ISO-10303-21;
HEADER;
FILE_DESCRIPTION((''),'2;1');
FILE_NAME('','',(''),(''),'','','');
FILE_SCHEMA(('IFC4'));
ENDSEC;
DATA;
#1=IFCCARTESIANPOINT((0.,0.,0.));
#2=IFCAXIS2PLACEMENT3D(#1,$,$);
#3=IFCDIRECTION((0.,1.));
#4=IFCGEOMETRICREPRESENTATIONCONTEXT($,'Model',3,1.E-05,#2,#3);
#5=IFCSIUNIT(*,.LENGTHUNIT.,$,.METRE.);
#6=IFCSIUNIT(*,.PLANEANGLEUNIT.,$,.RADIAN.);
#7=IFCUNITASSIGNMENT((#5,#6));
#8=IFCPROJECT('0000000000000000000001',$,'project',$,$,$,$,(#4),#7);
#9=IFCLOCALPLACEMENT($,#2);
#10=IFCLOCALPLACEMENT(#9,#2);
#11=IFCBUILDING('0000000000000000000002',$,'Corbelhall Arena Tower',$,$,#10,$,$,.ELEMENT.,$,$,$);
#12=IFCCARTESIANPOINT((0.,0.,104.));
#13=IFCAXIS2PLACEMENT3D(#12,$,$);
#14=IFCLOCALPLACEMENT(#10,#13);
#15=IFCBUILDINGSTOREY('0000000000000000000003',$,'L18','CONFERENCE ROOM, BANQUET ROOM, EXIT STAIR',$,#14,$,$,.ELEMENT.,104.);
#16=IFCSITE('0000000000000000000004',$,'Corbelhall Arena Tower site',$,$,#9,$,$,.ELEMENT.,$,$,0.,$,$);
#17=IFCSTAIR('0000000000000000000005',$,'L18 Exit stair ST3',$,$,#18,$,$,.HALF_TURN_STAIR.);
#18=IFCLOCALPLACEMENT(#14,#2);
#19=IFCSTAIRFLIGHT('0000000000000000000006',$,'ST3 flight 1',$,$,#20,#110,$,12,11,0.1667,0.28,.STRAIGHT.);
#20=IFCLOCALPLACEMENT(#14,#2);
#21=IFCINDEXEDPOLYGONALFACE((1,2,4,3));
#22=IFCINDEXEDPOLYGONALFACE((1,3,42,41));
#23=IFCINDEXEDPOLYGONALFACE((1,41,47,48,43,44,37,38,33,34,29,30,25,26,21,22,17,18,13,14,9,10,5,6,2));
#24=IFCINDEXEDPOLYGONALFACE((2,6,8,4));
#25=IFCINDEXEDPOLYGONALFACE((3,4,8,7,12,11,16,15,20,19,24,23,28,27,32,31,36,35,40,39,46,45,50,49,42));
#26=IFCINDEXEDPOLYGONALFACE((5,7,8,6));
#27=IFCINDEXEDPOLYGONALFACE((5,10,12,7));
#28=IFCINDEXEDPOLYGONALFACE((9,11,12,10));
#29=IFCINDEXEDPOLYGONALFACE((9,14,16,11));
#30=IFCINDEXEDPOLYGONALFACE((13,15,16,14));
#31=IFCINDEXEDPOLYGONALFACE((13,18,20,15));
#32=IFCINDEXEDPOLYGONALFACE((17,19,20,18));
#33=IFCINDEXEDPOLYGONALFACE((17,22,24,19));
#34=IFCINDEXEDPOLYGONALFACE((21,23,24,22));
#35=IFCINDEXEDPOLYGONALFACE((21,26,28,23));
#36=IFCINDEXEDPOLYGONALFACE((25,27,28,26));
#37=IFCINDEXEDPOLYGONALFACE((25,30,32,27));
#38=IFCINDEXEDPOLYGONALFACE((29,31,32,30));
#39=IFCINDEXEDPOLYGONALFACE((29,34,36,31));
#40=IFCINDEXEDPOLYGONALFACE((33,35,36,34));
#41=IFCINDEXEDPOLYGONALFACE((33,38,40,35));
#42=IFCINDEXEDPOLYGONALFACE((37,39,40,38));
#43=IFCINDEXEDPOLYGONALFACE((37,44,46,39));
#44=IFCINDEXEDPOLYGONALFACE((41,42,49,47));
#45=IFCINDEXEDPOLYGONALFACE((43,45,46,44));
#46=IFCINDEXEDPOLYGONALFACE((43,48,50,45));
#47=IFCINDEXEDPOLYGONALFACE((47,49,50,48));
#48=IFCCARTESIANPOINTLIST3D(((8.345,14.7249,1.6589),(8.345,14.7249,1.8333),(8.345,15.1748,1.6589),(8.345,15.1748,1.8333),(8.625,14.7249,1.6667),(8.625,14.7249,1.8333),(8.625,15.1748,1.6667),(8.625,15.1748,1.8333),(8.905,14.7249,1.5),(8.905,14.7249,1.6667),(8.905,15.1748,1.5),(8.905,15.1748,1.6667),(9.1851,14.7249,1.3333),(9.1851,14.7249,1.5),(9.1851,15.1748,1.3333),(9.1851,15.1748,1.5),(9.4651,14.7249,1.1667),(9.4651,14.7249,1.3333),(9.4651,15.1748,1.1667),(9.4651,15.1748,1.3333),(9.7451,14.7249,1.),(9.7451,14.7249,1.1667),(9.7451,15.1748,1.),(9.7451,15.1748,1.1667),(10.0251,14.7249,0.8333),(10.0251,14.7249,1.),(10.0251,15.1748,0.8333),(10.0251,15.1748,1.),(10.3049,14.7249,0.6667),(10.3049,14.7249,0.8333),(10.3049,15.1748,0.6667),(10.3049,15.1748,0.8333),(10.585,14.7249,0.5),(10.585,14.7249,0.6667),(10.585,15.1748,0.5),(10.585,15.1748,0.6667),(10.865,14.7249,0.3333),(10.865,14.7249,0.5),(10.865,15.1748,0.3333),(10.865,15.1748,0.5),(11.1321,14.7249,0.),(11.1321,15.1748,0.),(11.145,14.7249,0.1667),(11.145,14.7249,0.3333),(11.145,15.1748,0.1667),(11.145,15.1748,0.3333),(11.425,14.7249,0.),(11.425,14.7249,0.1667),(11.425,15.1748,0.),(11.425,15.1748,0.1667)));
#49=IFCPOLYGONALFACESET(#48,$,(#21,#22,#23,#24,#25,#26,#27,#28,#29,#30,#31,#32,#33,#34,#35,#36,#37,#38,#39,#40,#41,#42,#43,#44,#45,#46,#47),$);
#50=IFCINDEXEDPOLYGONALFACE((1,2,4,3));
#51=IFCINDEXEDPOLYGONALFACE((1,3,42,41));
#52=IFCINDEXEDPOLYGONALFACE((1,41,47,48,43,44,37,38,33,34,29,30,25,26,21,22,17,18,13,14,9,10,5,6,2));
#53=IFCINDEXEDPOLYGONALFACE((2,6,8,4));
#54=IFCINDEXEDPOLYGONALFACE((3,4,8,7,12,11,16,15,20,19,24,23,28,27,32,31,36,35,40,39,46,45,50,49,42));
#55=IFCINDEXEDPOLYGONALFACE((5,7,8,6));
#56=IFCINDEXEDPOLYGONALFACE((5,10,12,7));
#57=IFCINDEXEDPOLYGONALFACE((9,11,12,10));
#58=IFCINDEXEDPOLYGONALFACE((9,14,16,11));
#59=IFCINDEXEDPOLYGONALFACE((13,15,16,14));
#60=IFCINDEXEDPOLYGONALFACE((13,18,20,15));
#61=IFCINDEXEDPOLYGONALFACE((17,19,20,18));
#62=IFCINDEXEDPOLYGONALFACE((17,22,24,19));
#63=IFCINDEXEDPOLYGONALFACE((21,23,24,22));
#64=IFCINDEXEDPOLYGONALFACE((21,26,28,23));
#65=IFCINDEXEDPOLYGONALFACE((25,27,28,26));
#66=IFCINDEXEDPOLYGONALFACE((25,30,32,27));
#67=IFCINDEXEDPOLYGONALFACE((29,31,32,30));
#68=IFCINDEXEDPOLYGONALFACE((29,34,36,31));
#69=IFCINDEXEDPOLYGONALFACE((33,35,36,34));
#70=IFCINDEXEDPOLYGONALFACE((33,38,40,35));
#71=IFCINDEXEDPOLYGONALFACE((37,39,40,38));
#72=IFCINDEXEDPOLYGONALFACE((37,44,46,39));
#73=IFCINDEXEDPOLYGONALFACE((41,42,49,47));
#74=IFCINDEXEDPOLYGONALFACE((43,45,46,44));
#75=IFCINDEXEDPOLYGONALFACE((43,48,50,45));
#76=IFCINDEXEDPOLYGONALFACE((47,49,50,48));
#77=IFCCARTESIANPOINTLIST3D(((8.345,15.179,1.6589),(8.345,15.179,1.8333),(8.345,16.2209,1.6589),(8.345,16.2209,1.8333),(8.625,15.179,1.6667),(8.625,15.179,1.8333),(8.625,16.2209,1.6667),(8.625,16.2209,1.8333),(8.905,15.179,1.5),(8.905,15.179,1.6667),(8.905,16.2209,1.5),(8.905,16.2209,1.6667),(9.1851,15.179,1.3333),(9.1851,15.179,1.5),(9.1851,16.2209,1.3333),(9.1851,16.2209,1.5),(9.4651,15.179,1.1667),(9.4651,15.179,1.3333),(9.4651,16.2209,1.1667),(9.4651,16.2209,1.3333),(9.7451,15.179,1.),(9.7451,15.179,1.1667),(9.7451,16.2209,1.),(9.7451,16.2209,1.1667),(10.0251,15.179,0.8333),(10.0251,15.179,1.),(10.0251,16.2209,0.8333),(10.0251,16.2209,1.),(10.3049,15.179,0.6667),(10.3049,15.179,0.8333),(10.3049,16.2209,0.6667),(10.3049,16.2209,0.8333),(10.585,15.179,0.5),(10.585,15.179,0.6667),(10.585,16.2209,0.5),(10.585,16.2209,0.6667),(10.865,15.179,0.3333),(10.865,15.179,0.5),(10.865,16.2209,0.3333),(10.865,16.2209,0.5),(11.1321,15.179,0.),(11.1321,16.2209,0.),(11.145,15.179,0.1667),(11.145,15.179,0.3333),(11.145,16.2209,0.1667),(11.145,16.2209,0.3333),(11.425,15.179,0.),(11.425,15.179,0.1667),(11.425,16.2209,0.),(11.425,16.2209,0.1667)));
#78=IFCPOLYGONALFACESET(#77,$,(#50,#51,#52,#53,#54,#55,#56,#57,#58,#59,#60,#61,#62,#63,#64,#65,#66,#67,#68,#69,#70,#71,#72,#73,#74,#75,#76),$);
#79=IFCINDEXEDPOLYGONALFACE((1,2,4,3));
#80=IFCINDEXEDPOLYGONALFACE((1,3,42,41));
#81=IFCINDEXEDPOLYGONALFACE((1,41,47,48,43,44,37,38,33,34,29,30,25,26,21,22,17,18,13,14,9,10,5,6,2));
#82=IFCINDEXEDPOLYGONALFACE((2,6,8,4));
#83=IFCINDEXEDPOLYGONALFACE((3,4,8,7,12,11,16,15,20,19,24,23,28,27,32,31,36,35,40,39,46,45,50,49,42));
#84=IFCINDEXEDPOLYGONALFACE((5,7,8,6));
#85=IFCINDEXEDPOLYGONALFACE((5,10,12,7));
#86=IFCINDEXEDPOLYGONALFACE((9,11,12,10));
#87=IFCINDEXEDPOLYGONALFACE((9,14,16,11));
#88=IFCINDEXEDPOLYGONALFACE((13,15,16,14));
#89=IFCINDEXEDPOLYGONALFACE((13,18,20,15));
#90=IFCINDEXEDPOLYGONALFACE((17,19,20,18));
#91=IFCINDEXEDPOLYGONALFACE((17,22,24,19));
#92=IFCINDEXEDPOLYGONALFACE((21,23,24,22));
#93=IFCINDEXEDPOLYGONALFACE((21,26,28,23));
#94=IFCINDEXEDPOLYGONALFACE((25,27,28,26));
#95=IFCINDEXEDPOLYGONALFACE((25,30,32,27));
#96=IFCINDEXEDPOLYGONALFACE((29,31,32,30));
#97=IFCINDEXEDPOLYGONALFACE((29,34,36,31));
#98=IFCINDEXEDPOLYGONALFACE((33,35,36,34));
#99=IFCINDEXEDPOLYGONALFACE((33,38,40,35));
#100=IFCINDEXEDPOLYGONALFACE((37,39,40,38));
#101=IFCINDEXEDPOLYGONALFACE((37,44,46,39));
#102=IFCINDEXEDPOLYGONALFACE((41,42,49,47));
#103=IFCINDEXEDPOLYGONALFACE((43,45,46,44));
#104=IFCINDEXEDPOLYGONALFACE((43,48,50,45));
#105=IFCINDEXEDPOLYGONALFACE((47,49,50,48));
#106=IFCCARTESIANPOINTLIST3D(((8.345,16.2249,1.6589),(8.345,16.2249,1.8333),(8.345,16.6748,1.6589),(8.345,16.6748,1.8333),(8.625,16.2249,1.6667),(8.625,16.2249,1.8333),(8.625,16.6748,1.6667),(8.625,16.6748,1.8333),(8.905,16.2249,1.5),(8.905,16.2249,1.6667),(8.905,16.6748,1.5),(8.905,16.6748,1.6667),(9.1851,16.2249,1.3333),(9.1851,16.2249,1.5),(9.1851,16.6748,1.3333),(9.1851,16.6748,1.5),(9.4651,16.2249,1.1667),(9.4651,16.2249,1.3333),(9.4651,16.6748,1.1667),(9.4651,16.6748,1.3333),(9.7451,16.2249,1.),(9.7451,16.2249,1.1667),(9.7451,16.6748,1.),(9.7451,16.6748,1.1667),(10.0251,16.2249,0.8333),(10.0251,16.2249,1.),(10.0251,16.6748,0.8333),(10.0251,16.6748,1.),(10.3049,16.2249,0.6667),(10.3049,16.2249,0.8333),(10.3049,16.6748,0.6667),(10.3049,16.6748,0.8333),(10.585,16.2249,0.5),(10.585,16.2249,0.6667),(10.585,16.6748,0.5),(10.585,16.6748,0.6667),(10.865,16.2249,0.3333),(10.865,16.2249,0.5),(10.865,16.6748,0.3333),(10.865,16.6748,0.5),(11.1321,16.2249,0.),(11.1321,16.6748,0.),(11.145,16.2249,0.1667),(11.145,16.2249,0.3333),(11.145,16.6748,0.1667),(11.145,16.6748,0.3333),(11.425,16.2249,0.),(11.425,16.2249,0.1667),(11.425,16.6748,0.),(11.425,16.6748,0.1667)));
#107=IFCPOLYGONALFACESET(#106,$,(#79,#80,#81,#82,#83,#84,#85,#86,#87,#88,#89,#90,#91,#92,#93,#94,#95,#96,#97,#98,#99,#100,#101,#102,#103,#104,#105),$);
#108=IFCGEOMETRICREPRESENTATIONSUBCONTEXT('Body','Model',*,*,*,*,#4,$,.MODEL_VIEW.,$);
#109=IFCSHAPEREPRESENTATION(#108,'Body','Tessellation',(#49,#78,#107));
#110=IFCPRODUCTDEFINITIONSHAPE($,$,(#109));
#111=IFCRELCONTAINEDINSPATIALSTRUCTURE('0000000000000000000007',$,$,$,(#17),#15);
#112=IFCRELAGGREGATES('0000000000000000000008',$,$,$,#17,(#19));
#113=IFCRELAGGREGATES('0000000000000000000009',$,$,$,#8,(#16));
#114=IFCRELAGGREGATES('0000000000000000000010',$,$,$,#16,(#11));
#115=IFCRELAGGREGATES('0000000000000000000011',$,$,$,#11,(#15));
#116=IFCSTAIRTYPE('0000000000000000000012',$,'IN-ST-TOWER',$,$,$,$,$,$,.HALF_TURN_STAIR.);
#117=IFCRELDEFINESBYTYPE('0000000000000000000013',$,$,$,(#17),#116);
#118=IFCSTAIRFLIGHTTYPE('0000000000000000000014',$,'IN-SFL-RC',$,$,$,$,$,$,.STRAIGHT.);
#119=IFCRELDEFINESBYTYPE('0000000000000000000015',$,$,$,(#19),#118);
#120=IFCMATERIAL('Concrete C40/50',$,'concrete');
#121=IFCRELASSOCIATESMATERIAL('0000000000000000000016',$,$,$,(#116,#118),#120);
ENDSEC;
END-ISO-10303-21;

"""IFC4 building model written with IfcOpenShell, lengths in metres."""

from ifc_helpers import new_model, si_unit, direction, frame, origin, place, context, subcontext, project, spatial, polyline, outline, extrude, material, type_object, element, aggregate, save


model = new_model("IFC4")

# Units and contexts
model_context = context("Model", 3, precision=1e-05, world=origin(), true_north=direction((0.0, 1.0)))
body_context = subcontext(model_context, "Body", "Model", "MODEL_VIEW")
ifc_project = project(units=[si_unit("LENGTHUNIT", "METRE"), si_unit("PLANEANGLEUNIT", "RADIAN")], contexts=[model_context])

# Site, building, storey
site_placement = place(None, origin())
site = spatial("IfcSite", under=ifc_project, at=site_placement, Name="Corbelhall Arena Tower site", CompositionType="ELEMENT", RefElevation=0.0)
building_placement = place(site_placement, origin())
building = spatial("IfcBuilding", under=site, at=building_placement, Name="Corbelhall Arena Tower", CompositionType="ELEMENT")
storey_placement = place(building_placement, frame((0.0, 0.0, 104.0)))
storey = spatial("IfcBuildingStorey", under=building, at=storey_placement, Name="L18", Description="CONFERENCE ROOM, BANQUET ROOM, EXIT STAIR", CompositionType="ELEMENT", Elevation=104.0)

# Shared definitions
ifc_material_1 = material(Name="Concrete C40/50", Category="concrete")

# Stair, stair flight
stair_type = type_object("IfcStairType", Name="IN-ST-TOWER", PredefinedType="HALF_TURN_STAIR", material=ifc_material_1)
stair_placement = place(storey_placement, origin())
stair = element("IfcStair", 1, at=stair_placement, inside=storey, type_object=stair_type, Name="L18 Exit stair ST3", PredefinedType="HALF_TURN_STAIR")
stair_flight_type = type_object("IfcStairFlightType", Name="IN-SFL-RC", PredefinedType="STRAIGHT", material=ifc_material_1)
stair_flight_1_placement = place(storey_placement, frame((11.425, 15.7, 0.0), z_axis=(0.0, 0.0, 1.0), x_axis=(-1.0, 0.0, 0.0)))
stair_flight_1 = element("IfcStairFlight", 2, at=stair_flight_1_placement, type_object=stair_flight_type, Name="ST3 flight 1", NumberOfRisers=12, NumberOfTreads=11, PredefinedType="STRAIGHT", RiserHeight=0.1667, TreadLength=0.28, context=body_context, shape_type="SweptSolid", body=[
    extrude(outline(polyline([(0.0, 0.0), (0.0, 0.1667), (0.28, 0.1667), (0.28, 0.3333), (0.5601, 0.3333), (0.5601, 0.5), (0.8401, 0.5), (0.8401, 0.6667), (1.1201, 0.6667), (1.1201, 0.8333), (1.3999, 0.8333), (1.3999, 1.0), (1.6799, 1.0), (1.6799, 1.1667), (1.96, 1.1667), (1.96, 1.3333), (2.24, 1.3333), (2.24, 1.5), (2.52, 1.5), (2.52, 1.6667), (2.8, 1.6667), (2.8, 1.8333), (3.0801, 1.8333), (3.0801, 2.0), (3.0801, 1.6589), (0.293, 0.0), (0.0, 0.0)])), frame((0.0, 0.9751, 0.0), z_axis=(0.0, -1.0, 0.0), x_axis=(1.0, 0.0, 0.0)), (0.0, 0.0, 1.0), 0.45),
    extrude(outline(polyline([(0.0, 0.0), (0.0, 0.1667), (0.28, 0.1667), (0.28, 0.3333), (0.5601, 0.3333), (0.5601, 0.5), (0.8401, 0.5), (0.8401, 0.6667), (1.1201, 0.6667), (1.1201, 0.8333), (1.3999, 0.8333), (1.3999, 1.0), (1.6799, 1.0), (1.6799, 1.1667), (1.96, 1.1667), (1.96, 1.3333), (2.24, 1.3333), (2.24, 1.5), (2.52, 1.5), (2.52, 1.6667), (2.8, 1.6667), (2.8, 1.8333), (3.0801, 1.8333), (3.0801, 2.0), (3.0801, 1.6589), (0.293, 0.0), (0.0, 0.0)])), frame((0.0, 0.521, 0.0), z_axis=(0.0, -1.0, 0.0), x_axis=(1.0, 0.0, 0.0)), (0.0, 0.0, 1.0), 1.042),
    extrude(outline(polyline([(0.0, 0.0), (0.0, 0.1667), (0.28, 0.1667), (0.28, 0.3333), (0.5601, 0.3333), (0.5601, 0.5), (0.8401, 0.5), (0.8401, 0.6667), (1.1201, 0.6667), (1.1201, 0.8333), (1.3999, 0.8333), (1.3999, 1.0), (1.6799, 1.0), (1.6799, 1.1667), (1.96, 1.1667), (1.96, 1.3333), (2.24, 1.3333), (2.24, 1.5), (2.52, 1.5), (2.52, 1.6667), (2.8, 1.6667), (2.8, 1.8333), (3.0801, 1.8333), (3.0801, 2.0), (3.0801, 1.6589), (0.293, 0.0), (0.0, 0.0)])), frame((0.0, -0.5249, 0.0), z_axis=(0.0, -1.0, 0.0), x_axis=(1.0, 0.0, 0.0)), (0.0, 0.0, 1.0), 0.45),
])
aggregate(stair, [stair_flight_1])

save(model, "model.ifc")
